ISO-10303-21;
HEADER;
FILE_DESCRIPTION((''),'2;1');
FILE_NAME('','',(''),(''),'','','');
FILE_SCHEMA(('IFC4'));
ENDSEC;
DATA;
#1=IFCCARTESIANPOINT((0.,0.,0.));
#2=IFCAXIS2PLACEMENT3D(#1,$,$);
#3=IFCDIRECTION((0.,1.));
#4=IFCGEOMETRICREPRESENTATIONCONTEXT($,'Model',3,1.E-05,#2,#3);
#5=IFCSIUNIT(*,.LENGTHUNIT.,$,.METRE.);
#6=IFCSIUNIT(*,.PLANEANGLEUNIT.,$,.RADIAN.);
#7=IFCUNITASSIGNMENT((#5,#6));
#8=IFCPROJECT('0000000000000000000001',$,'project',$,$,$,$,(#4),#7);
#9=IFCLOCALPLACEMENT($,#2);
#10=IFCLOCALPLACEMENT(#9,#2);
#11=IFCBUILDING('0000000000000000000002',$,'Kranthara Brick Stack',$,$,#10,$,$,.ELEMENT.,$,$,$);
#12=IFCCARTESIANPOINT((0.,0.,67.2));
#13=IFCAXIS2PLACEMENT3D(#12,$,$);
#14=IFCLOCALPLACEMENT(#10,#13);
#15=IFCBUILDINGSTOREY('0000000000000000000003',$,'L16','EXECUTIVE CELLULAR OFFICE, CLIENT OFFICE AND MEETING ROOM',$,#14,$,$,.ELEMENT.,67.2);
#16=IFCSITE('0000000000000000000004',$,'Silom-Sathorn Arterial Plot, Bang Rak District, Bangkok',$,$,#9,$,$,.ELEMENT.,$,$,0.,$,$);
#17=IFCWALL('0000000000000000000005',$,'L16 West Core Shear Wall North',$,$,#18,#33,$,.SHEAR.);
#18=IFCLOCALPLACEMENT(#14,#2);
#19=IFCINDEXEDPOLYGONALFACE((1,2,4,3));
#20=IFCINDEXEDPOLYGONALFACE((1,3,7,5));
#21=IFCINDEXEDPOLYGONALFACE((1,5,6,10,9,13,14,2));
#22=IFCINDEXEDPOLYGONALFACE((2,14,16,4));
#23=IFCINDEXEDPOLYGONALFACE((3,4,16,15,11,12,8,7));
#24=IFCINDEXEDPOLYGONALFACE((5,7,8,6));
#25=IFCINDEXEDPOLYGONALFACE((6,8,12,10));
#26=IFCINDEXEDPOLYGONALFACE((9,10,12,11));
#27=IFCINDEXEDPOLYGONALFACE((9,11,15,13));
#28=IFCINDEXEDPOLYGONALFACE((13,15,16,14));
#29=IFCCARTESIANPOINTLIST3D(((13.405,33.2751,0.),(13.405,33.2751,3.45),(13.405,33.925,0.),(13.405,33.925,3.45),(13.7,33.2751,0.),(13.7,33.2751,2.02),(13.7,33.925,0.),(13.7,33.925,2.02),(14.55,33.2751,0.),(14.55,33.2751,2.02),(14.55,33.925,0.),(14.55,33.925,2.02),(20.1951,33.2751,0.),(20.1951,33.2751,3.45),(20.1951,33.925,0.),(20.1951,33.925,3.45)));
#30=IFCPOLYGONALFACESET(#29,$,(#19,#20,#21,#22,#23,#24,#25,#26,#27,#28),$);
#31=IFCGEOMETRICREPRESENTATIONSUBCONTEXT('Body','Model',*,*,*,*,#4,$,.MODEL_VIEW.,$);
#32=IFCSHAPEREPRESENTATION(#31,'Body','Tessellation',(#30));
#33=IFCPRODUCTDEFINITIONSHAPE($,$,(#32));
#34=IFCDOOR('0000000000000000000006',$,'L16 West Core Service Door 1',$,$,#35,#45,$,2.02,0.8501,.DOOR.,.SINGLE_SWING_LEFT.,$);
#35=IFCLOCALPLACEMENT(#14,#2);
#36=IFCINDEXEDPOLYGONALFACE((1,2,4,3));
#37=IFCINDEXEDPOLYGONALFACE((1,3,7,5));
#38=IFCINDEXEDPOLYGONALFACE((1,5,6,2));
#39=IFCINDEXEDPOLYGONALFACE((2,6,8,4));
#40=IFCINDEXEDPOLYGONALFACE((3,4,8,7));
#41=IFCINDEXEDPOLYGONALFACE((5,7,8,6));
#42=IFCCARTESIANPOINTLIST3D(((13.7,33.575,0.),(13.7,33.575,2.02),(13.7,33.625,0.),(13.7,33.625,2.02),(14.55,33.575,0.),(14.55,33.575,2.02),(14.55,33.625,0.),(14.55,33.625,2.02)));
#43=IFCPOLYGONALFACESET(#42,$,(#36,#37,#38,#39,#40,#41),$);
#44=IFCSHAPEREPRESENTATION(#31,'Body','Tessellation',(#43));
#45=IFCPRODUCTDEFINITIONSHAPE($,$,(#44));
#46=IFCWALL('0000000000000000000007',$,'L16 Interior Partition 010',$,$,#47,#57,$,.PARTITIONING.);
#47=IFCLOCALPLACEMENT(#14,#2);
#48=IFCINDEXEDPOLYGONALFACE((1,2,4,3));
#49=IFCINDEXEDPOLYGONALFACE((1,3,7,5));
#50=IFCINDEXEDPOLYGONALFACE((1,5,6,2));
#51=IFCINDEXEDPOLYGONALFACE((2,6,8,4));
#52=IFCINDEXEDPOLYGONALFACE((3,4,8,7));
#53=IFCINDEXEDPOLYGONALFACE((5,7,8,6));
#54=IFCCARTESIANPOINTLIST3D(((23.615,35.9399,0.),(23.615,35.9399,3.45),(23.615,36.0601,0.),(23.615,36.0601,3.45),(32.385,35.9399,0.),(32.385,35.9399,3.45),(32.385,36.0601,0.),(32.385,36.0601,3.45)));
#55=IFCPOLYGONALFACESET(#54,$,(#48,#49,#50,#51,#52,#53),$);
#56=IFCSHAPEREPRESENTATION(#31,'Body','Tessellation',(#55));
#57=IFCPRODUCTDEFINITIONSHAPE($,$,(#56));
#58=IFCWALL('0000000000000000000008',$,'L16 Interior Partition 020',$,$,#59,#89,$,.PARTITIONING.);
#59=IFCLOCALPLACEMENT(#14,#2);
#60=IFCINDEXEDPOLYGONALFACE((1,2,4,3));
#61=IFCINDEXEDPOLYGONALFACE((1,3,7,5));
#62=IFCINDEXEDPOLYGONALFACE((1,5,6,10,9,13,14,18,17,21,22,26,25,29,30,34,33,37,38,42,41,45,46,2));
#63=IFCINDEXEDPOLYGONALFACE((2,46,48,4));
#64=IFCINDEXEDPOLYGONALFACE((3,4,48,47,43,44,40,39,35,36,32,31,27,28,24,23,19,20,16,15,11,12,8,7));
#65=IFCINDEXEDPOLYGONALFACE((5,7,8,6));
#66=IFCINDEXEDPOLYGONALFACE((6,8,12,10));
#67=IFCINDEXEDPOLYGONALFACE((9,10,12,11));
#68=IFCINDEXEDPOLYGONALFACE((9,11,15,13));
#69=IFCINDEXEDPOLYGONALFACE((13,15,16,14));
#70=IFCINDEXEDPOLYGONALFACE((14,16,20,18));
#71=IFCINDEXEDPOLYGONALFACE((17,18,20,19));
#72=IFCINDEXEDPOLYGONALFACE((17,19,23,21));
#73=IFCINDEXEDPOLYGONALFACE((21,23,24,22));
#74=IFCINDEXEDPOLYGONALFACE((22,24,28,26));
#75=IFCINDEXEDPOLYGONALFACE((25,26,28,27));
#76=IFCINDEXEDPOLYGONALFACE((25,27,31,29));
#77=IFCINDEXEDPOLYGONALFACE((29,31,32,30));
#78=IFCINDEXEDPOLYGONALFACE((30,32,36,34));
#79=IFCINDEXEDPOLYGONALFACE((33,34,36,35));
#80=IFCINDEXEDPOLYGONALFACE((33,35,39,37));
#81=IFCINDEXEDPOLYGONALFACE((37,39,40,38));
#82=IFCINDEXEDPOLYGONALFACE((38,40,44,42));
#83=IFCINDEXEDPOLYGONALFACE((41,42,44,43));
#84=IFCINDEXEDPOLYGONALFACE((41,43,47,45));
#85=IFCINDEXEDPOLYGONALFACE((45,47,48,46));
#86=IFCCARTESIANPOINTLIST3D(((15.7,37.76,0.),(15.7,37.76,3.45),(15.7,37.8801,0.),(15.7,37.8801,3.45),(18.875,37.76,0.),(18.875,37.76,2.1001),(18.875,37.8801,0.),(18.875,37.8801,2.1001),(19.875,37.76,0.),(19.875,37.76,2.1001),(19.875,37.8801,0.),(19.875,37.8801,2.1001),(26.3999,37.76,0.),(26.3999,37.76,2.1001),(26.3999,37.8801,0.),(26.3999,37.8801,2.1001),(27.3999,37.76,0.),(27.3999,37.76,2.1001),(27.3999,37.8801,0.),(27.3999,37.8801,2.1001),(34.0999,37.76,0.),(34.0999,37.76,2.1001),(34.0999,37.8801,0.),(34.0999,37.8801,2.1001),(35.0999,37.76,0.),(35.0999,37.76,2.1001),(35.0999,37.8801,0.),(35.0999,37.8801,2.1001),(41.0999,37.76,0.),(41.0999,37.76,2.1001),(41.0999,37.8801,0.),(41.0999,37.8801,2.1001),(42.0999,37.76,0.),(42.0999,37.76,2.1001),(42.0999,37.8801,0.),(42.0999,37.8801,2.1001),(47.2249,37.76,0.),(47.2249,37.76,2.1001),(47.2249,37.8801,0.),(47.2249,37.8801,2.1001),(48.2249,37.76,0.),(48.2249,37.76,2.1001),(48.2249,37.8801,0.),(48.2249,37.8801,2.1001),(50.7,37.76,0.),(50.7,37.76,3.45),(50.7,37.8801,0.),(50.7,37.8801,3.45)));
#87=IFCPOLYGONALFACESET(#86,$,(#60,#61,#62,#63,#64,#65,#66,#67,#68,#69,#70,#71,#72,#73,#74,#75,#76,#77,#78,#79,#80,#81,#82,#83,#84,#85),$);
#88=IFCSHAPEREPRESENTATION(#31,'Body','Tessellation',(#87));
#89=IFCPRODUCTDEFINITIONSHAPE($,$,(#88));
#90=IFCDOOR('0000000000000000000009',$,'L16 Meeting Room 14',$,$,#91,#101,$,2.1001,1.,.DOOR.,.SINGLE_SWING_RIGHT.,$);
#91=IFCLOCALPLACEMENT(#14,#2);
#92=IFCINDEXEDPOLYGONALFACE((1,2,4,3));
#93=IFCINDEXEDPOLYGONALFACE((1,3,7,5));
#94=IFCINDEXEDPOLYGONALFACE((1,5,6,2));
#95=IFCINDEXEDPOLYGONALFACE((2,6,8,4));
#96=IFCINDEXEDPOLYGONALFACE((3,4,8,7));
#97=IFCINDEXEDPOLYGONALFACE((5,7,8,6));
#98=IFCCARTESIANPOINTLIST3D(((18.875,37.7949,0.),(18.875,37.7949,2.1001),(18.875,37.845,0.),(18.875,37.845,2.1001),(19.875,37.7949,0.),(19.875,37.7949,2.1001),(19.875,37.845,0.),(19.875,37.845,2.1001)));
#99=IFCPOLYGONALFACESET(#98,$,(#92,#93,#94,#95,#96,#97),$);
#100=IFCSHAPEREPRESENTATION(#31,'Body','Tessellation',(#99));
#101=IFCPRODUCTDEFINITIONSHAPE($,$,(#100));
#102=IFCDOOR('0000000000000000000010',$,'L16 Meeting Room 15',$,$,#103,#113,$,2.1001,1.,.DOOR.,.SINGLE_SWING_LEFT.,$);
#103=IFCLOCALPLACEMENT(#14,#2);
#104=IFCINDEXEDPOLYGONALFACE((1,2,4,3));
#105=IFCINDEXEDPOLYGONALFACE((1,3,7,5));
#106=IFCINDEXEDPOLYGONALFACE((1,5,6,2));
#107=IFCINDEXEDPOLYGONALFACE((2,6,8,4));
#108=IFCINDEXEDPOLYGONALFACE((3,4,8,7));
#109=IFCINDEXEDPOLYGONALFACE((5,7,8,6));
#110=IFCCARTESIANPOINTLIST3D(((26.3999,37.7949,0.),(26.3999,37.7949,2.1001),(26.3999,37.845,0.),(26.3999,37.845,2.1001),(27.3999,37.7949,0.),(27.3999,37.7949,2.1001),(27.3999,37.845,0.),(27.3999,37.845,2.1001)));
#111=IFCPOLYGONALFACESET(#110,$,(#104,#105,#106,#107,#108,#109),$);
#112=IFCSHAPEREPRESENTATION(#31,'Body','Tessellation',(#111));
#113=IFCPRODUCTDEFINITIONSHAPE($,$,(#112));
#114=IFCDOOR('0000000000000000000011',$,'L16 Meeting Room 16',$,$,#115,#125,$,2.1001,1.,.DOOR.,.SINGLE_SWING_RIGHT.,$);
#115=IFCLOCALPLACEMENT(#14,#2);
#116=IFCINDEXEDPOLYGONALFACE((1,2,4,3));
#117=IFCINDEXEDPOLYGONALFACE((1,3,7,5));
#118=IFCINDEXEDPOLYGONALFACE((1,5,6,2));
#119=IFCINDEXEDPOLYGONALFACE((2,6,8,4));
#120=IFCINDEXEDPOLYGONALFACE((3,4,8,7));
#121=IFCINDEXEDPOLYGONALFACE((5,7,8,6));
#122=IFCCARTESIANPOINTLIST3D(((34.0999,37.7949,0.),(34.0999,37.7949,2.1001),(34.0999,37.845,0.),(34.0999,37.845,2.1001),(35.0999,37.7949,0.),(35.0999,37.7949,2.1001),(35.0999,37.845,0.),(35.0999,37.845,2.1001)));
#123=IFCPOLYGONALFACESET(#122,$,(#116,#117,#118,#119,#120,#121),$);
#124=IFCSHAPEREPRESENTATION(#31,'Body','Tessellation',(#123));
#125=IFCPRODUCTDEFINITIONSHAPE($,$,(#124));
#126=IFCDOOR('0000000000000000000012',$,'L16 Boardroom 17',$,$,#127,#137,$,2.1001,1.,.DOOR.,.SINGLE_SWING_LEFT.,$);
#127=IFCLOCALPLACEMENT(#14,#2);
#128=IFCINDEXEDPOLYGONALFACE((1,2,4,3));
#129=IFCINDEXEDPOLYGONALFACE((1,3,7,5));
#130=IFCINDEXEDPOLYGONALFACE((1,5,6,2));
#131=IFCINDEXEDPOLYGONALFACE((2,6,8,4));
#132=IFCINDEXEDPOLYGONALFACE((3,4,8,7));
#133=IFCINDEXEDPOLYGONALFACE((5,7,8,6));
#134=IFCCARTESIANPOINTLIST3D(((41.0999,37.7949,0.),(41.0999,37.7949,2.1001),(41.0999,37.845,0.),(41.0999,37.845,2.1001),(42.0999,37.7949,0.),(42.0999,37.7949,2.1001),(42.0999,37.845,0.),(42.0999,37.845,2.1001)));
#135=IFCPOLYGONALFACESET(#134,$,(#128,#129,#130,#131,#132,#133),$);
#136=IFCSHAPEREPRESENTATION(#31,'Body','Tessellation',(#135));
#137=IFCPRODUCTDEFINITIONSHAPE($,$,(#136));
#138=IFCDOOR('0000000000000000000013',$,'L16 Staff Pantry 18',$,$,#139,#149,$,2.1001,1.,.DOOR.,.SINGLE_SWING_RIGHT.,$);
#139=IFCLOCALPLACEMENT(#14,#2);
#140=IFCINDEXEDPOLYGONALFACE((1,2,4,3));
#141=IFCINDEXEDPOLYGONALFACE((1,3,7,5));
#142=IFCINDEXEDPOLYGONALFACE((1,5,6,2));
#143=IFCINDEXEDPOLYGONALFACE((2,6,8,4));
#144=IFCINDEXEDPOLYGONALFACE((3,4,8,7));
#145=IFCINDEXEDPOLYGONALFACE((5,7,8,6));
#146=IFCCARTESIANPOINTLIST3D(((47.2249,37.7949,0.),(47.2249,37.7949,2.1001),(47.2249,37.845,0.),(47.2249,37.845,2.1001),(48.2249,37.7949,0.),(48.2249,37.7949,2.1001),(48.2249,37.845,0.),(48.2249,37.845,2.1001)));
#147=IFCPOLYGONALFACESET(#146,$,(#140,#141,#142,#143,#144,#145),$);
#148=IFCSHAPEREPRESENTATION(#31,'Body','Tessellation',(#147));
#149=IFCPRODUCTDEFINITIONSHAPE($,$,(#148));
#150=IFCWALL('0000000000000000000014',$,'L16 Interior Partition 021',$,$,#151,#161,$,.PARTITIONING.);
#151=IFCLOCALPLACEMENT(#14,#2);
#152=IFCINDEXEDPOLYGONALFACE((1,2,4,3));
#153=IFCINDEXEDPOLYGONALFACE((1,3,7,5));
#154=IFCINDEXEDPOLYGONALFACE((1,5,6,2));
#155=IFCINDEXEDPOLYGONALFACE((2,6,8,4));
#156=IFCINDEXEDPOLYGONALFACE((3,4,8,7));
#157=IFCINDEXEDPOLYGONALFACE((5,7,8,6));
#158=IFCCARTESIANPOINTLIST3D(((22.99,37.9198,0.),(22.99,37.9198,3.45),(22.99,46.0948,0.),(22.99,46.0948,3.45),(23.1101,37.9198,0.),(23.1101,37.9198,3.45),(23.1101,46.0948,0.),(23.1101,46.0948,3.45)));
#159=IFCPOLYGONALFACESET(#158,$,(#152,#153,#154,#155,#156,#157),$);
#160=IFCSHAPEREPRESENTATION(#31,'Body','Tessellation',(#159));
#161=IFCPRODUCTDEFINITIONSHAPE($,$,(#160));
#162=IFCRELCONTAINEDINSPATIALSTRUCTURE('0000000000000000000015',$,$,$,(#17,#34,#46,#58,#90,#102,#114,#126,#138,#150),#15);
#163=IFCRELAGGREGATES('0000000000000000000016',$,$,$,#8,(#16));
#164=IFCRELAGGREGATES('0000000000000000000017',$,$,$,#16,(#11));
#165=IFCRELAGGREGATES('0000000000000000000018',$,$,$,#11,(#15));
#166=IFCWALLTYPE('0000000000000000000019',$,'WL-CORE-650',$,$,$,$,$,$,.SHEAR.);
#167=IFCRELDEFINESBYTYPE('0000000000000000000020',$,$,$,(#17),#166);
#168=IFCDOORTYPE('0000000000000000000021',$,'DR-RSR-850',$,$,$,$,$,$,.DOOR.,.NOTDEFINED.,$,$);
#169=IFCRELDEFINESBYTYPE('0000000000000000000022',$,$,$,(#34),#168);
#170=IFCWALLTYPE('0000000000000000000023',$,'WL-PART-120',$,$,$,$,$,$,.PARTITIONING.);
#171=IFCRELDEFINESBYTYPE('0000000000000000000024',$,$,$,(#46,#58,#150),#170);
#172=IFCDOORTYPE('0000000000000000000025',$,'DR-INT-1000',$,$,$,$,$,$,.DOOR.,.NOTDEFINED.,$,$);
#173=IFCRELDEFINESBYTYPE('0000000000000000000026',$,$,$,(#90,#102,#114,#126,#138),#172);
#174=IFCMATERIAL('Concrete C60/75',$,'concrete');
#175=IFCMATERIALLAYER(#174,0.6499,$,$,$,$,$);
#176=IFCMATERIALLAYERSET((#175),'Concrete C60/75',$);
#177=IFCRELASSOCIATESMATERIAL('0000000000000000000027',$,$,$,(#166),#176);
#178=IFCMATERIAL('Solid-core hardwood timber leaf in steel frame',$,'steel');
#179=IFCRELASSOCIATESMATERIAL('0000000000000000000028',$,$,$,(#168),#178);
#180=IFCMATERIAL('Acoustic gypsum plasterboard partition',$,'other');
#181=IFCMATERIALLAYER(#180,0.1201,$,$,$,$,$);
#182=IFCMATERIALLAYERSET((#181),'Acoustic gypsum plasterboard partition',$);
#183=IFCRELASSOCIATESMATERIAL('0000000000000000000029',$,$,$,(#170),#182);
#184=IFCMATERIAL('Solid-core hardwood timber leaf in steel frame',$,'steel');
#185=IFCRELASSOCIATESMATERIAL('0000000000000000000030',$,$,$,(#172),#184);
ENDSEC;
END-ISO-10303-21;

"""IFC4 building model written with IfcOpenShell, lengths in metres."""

from ifc_helpers import new_model, si_unit, direction, frame, frame_2d, origin, place, context, subcontext, project, spatial, rectangle, extrude, material, layer, layer_set, type_object, element, fill, save


model = new_model("IFC4")

# Units and contexts
model_context = context("Model", 3, precision=1e-05, world=origin(), true_north=direction((0.0, 1.0)))
body_context = subcontext(model_context, "Body", "Model", "MODEL_VIEW")
ifc_project = project(units=[si_unit("LENGTHUNIT", "METRE"), si_unit("PLANEANGLEUNIT", "RADIAN")], contexts=[model_context])

# Site, building, storey
site_placement = place(None, origin())
site = spatial("IfcSite", under=ifc_project, at=site_placement, Name="Silom-Sathorn Arterial Plot, Bang Rak District, Bangkok", CompositionType="ELEMENT", RefElevation=0.0)
building_placement = place(site_placement, origin())
building = spatial("IfcBuilding", under=site, at=building_placement, Name="Kranthara Brick Stack", CompositionType="ELEMENT")
storey_placement = place(building_placement, frame((0.0, 0.0, 67.2)))
storey = spatial("IfcBuildingStorey", under=building, at=storey_placement, Name="L16", Description="EXECUTIVE CELLULAR OFFICE, CLIENT OFFICE AND MEETING ROOM", CompositionType="ELEMENT", Elevation=67.2)

# Wall, opening, door
ifc_material_1 = material(Name="Concrete C60/75", Category="concrete")
ifc_layer_1 = layer(ifc_material_1, 0.6499)
ifc_layer_set_1 = layer_set([ifc_layer_1], Name="Concrete C60/75")
wall_type_1 = type_object("IfcWallType", Name="WL-CORE-650", PredefinedType="SHEAR", material=ifc_layer_set_1)
wall_1_placement = place(storey_placement, frame((13.405, 33.6001, 0.0), z_axis=(0.0, 0.0, 1.0), x_axis=(1.0, 0.0, 0.0)))
wall_1 = element("IfcWall", 1, at=wall_1_placement, inside=storey, type_object=wall_type_1, Name="L16 West Core Shear Wall North", PredefinedType="SHEAR", context=body_context, shape_type="SweptSolid", body=[
    extrude(rectangle(XDim=6.79, YDim=0.6499, at=frame_2d((3.395, 0.0))), origin(), (0.0, 0.0, 1.0), 3.45),
])
opening_1_placement = place(wall_1_placement, frame((0.2949, 0.0, 0.0)))
opening_1 = element("IfcOpeningElement", 2, at=opening_1_placement, cuts=wall_1, PredefinedType="OPENING", context=body_context, shape_type="SweptSolid", body=[
    extrude(rectangle(XDim=0.8501, YDim=2.02, at=frame_2d((0.425, 1.01))), frame((0.0, 0.335, 0.0), z_axis=(0.0, -1.0, 0.0), x_axis=(1.0, 0.0, 0.0)), (0.0, 0.0, 1.0), 0.6699),
])
ifc_material_2 = material(Name="Solid-core hardwood timber leaf in steel frame", Category="steel")
door_type_1 = type_object("IfcDoorType", Name="DR-RSR-850", OperationType="NOTDEFINED", PredefinedType="DOOR", material=ifc_material_2)
door_1_placement = place(opening_1_placement, origin())
door_1 = element("IfcDoor", 3, at=door_1_placement, inside=storey, type_object=door_type_1, Name="L16 West Core Service Door 1", OperationType="SINGLE_SWING_LEFT", OverallHeight=2.02, OverallWidth=0.8501, PredefinedType="DOOR", context=body_context, shape_type="SweptSolid", body=[
    extrude(rectangle(XDim=0.8501, YDim=2.02, at=frame_2d((0.425, 1.01))), frame((0.0, 0.0249, 0.0), z_axis=(0.0, -1.0, 0.0), x_axis=(1.0, 0.0, 0.0)), (0.0, 0.0, 1.0), 0.05),
])
fill(opening_1, door_1)

# Wall
ifc_material_3 = material(Name="Acoustic gypsum plasterboard partition", Category="other")
ifc_layer_2 = layer(ifc_material_3, 0.1201)
ifc_layer_set_2 = layer_set([ifc_layer_2], Name="Acoustic gypsum plasterboard partition")
wall_type_2 = type_object("IfcWallType", Name="WL-PART-120", PredefinedType="PARTITIONING", material=ifc_layer_set_2)
wall_2_placement = place(storey_placement, frame((23.615, 36.0, 0.0), z_axis=(0.0, 0.0, 1.0), x_axis=(1.0, 0.0, 0.0)))
element("IfcWall", 4, at=wall_2_placement, inside=storey, type_object=wall_type_2, Name="L16 Interior Partition 010", PredefinedType="PARTITIONING", context=body_context, shape_type="SweptSolid", body=[
    extrude(rectangle(XDim=8.77, YDim=0.1201, at=frame_2d((4.385, 0.0))), origin(), (0.0, 0.0, 1.0), 3.45),
])

# Wall, openings, doors
wall_3_placement = place(storey_placement, frame((15.7, 37.8201, 0.0), z_axis=(0.0, 0.0, 1.0), x_axis=(1.0, 0.0, 0.0)))
wall_3 = element("IfcWall", 5, at=wall_3_placement, inside=storey, type_object=wall_type_2, Name="L16 Interior Partition 020", PredefinedType="PARTITIONING", context=body_context, shape_type="SweptSolid", body=[
    extrude(rectangle(XDim=35.0, YDim=0.1201, at=frame_2d((17.5, 0.0))), origin(), (0.0, 0.0, 1.0), 3.45),
])
opening_2_placement = place(wall_3_placement, frame((3.175, 0.0, 0.0)))
opening_2 = element("IfcOpeningElement", 6, at=opening_2_placement, cuts=wall_3, PredefinedType="OPENING", context=body_context, shape_type="SweptSolid", body=[
    extrude(rectangle(XDim=1.0, YDim=2.1001, at=frame_2d((0.5, 1.05))), frame((0.0, 0.0701, 0.0), z_axis=(0.0, -1.0, 0.0), x_axis=(1.0, 0.0, 0.0)), (0.0, 0.0, 1.0), 0.1401),
])
opening_3_placement = place(wall_3_placement, frame((10.7, 0.0, 0.0)))
opening_3 = element("IfcOpeningElement", 7, at=opening_3_placement, cuts=wall_3, PredefinedType="OPENING", context=body_context, shape_type="SweptSolid", body=[
    extrude(rectangle(XDim=1.0, YDim=2.1001, at=frame_2d((0.5, 1.05))), frame((0.0, 0.0701, 0.0), z_axis=(0.0, -1.0, 0.0), x_axis=(1.0, 0.0, 0.0)), (0.0, 0.0, 1.0), 0.1401),
])
opening_4_placement = place(wall_3_placement, frame((18.3999, 0.0, 0.0)))
opening_4 = element("IfcOpeningElement", 8, at=opening_4_placement, cuts=wall_3, PredefinedType="OPENING", context=body_context, shape_type="SweptSolid", body=[
    extrude(rectangle(XDim=1.0, YDim=2.1001, at=frame_2d((0.5, 1.05))), frame((0.0, 0.0701, 0.0), z_axis=(0.0, -1.0, 0.0), x_axis=(1.0, 0.0, 0.0)), (0.0, 0.0, 1.0), 0.1401),
])
opening_5_placement = place(wall_3_placement, frame((25.3999, 0.0, 0.0)))
opening_5 = element("IfcOpeningElement", 9, at=opening_5_placement, cuts=wall_3, PredefinedType="OPENING", context=body_context, shape_type="SweptSolid", body=[
    extrude(rectangle(XDim=1.0, YDim=2.1001, at=frame_2d((0.5, 1.05))), frame((0.0, 0.0701, 0.0), z_axis=(0.0, -1.0, 0.0), x_axis=(1.0, 0.0, 0.0)), (0.0, 0.0, 1.0), 0.1401),
])
opening_6_placement = place(wall_3_placement, frame((31.5249, 0.0, 0.0)))
opening_6 = element("IfcOpeningElement", 10, at=opening_6_placement, cuts=wall_3, PredefinedType="OPENING", context=body_context, shape_type="SweptSolid", body=[
    extrude(rectangle(XDim=1.0, YDim=2.1001, at=frame_2d((0.5, 1.05))), frame((0.0, 0.0701, 0.0), z_axis=(0.0, -1.0, 0.0), x_axis=(1.0, 0.0, 0.0)), (0.0, 0.0, 1.0), 0.1401),
])
ifc_material_4 = material(Name="Solid-core hardwood timber leaf in steel frame", Category="steel")
door_type_2 = type_object("IfcDoorType", Name="DR-INT-1000", OperationType="NOTDEFINED", PredefinedType="DOOR", material=ifc_material_4)
door_2_placement = place(opening_2_placement, origin())
door_2 = element("IfcDoor", 11, at=door_2_placement, inside=storey, type_object=door_type_2, Name="L16 Meeting Room 14", OperationType="SINGLE_SWING_RIGHT", OverallHeight=2.1001, OverallWidth=1.0, PredefinedType="DOOR", context=body_context, shape_type="SweptSolid", body=[
    extrude(rectangle(XDim=1.0, YDim=2.1001, at=frame_2d((0.5, 1.05))), frame((0.0, 0.0249, 0.0), z_axis=(0.0, -1.0, 0.0), x_axis=(1.0, 0.0, 0.0)), (0.0, 0.0, 1.0), 0.05),
])
fill(opening_2, door_2)
door_3_placement = place(opening_3_placement, origin())
door_3 = element("IfcDoor", 12, at=door_3_placement, inside=storey, type_object=door_type_2, Name="L16 Meeting Room 15", OperationType="SINGLE_SWING_LEFT", OverallHeight=2.1001, OverallWidth=1.0, PredefinedType="DOOR", context=body_context, shape_type="SweptSolid", body=[
    extrude(rectangle(XDim=1.0, YDim=2.1001, at=frame_2d((0.5, 1.05))), frame((0.0, 0.0249, 0.0), z_axis=(0.0, -1.0, 0.0), x_axis=(1.0, 0.0, 0.0)), (0.0, 0.0, 1.0), 0.05),
])
fill(opening_3, door_3)
door_4_placement = place(opening_4_placement, origin())
door_4 = element("IfcDoor", 13, at=door_4_placement, inside=storey, type_object=door_type_2, Name="L16 Meeting Room 16", OperationType="SINGLE_SWING_RIGHT", OverallHeight=2.1001, OverallWidth=1.0, PredefinedType="DOOR", context=body_context, shape_type="SweptSolid", body=[
    extrude(rectangle(XDim=1.0, YDim=2.1001, at=frame_2d((0.5, 1.05))), frame((0.0, 0.0249, 0.0), z_axis=(0.0, -1.0, 0.0), x_axis=(1.0, 0.0, 0.0)), (0.0, 0.0, 1.0), 0.05),
])
fill(opening_4, door_4)
door_5_placement = place(opening_5_placement, origin())
door_5 = element("IfcDoor", 14, at=door_5_placement, inside=storey, type_object=door_type_2, Name="L16 Boardroom 17", OperationType="SINGLE_SWING_LEFT", OverallHeight=2.1001, OverallWidth=1.0, PredefinedType="DOOR", context=body_context, shape_type="SweptSolid", body=[
    extrude(rectangle(XDim=1.0, YDim=2.1001, at=frame_2d((0.5, 1.05))), frame((0.0, 0.0249, 0.0), z_axis=(0.0, -1.0, 0.0), x_axis=(1.0, 0.0, 0.0)), (0.0, 0.0, 1.0), 0.05),
])
fill(opening_5, door_5)
door_6_placement = place(opening_6_placement, origin())
door_6 = element("IfcDoor", 15, at=door_6_placement, inside=storey, type_object=door_type_2, Name="L16 Staff Pantry 18", OperationType="SINGLE_SWING_RIGHT", OverallHeight=2.1001, OverallWidth=1.0, PredefinedType="DOOR", context=body_context, shape_type="SweptSolid", body=[
    extrude(rectangle(XDim=1.0, YDim=2.1001, at=frame_2d((0.5, 1.05))), frame((0.0, 0.0249, 0.0), z_axis=(0.0, -1.0, 0.0), x_axis=(1.0, 0.0, 0.0)), (0.0, 0.0, 1.0), 0.05),
])
fill(opening_6, door_6)

# Wall
wall_4_placement = place(storey_placement, frame((23.05, 37.9199, 0.0), z_axis=(0.0, 0.0, 1.0), x_axis=(0.0, 1.0, 0.0)))
element("IfcWall", 16, at=wall_4_placement, inside=storey, type_object=wall_type_2, Name="L16 Interior Partition 021", PredefinedType="PARTITIONING", context=body_context, shape_type="SweptSolid", body=[
    extrude(rectangle(XDim=8.175, YDim=0.1201, at=frame_2d((4.0874, 0.0))), origin(), (0.0, 0.0, 1.0), 3.45),
])

save(model, "model.ifc")
